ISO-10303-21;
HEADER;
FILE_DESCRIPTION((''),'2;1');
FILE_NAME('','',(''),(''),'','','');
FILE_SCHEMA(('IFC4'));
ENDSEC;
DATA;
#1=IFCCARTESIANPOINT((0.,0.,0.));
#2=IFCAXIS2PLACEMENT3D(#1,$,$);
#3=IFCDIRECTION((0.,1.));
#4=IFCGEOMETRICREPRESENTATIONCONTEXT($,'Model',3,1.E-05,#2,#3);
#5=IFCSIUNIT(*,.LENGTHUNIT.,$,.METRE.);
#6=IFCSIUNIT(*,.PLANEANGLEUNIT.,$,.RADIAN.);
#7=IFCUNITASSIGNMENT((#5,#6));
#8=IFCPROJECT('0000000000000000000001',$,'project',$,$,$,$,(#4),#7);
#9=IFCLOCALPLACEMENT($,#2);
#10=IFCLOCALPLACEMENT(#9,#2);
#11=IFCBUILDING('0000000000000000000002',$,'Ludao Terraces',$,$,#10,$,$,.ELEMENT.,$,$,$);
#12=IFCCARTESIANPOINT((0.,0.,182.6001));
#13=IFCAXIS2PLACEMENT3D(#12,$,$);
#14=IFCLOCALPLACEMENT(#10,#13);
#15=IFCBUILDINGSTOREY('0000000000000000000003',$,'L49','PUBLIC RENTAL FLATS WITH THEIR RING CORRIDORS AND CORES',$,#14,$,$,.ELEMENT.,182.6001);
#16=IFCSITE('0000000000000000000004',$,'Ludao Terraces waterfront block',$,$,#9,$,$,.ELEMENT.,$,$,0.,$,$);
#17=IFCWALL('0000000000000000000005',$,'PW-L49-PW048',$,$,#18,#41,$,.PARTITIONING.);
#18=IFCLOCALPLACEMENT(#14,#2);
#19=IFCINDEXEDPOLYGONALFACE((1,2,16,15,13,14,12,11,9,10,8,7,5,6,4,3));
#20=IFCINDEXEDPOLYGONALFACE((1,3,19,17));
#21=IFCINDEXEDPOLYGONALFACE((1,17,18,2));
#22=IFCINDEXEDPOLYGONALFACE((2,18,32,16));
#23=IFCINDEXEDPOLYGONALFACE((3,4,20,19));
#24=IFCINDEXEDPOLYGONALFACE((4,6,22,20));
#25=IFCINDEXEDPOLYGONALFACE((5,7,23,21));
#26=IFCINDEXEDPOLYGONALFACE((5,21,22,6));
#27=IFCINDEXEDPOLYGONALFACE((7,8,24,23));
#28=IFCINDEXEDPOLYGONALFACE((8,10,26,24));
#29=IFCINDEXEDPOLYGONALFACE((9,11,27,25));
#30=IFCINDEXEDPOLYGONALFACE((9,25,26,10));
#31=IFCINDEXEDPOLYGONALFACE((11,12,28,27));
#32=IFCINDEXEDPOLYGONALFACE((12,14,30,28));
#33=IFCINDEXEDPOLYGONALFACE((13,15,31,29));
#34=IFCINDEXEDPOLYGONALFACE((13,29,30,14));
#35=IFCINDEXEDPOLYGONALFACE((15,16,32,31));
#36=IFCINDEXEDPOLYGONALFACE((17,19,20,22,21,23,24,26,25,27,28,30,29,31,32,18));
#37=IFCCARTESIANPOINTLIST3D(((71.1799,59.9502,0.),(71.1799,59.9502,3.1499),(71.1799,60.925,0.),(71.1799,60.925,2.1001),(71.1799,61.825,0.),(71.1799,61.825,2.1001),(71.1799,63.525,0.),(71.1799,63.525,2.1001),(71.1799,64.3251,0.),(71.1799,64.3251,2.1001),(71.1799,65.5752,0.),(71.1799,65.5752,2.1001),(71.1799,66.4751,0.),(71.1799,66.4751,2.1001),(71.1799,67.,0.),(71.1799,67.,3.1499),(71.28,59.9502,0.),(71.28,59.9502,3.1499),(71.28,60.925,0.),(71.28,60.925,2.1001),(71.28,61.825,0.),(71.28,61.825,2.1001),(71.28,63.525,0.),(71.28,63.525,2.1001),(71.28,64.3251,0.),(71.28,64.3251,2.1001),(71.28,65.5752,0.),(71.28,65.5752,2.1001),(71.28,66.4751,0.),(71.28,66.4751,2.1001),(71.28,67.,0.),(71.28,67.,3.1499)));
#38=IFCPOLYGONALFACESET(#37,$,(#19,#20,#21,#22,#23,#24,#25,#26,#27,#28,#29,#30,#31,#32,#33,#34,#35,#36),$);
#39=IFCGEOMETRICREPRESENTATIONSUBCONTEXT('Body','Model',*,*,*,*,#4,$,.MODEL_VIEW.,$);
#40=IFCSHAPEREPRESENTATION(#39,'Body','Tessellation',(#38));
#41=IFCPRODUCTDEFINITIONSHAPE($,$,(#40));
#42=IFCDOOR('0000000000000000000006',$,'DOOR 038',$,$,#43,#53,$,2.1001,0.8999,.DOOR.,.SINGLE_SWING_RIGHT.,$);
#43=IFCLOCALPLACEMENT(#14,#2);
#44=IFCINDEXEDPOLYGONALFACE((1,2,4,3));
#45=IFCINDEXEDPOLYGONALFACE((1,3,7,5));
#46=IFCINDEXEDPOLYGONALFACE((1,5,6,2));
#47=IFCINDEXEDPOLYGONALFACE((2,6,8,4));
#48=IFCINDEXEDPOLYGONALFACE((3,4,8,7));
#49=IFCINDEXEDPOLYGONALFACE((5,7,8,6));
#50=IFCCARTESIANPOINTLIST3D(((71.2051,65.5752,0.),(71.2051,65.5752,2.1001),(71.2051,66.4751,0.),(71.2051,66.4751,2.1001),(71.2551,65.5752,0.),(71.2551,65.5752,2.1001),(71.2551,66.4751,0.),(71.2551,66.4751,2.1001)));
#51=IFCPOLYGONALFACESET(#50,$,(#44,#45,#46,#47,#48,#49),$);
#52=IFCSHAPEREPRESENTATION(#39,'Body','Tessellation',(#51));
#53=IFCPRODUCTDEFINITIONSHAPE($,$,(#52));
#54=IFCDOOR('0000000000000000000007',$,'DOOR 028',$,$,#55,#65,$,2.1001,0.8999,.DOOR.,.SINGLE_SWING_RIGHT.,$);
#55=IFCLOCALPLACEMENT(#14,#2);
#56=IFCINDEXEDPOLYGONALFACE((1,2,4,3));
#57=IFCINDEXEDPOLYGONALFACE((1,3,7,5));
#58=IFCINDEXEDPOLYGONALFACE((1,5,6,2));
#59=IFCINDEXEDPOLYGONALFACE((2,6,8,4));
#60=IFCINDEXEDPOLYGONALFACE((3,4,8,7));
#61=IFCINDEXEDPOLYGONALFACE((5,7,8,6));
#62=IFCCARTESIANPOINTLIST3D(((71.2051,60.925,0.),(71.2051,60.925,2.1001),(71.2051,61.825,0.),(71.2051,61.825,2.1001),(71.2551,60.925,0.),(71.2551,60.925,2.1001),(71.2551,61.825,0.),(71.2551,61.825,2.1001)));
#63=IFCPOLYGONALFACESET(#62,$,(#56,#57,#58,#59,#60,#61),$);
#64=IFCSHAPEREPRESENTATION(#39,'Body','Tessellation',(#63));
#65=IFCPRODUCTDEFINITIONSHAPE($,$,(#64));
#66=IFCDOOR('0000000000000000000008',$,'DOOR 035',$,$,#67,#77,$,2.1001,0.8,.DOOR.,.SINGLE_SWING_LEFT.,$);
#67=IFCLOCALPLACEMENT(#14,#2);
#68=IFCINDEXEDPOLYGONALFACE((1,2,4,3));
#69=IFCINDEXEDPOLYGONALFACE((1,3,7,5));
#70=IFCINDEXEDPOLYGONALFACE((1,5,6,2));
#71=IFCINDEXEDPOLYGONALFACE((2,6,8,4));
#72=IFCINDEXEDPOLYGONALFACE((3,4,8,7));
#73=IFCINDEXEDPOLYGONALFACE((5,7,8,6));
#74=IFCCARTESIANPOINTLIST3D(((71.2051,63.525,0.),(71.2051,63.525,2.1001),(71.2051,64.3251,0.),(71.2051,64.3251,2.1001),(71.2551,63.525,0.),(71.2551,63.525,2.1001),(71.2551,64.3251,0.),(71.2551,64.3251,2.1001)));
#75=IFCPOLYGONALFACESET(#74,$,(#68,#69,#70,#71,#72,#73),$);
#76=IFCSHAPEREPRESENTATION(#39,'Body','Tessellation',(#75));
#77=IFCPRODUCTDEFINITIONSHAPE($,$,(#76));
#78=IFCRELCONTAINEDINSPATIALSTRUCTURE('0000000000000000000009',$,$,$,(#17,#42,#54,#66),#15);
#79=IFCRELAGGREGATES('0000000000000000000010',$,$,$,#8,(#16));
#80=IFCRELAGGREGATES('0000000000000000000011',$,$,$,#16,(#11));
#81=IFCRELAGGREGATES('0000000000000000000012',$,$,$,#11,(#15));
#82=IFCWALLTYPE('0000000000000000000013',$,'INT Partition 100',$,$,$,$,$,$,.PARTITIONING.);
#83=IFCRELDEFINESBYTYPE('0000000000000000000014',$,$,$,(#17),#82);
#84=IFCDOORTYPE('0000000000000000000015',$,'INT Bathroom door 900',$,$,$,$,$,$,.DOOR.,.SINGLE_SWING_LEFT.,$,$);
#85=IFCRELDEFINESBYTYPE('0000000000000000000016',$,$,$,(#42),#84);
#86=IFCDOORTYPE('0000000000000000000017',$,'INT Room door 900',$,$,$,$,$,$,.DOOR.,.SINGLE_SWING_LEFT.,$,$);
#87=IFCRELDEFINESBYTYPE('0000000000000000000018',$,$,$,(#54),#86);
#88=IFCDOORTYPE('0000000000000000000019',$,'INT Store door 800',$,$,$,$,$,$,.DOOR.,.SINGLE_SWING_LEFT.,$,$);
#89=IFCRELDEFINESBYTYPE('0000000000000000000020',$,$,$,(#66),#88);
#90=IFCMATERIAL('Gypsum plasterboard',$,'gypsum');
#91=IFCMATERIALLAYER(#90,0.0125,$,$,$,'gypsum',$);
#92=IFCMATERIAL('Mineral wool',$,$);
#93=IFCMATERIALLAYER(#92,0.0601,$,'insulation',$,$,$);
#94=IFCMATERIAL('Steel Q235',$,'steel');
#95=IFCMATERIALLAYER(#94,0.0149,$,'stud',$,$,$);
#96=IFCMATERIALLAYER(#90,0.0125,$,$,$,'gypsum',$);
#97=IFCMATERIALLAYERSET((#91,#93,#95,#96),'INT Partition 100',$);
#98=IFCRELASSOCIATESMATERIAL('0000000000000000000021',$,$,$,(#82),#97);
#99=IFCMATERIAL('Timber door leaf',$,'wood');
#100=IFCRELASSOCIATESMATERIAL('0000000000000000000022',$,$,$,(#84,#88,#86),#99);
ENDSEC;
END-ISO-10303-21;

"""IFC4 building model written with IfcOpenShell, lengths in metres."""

from ifc_helpers import new_model, si_unit, direction, frame, frame_2d, origin, place, context, subcontext, project, spatial, rectangle, extrude, material, layer, layer_set, type_object, element, fill, save


model = new_model("IFC4")

# Units and contexts
model_context = context("Model", 3, precision=1e-05, world=origin(), true_north=direction((0.0, 1.0)))
body_context = subcontext(model_context, "Body", "Model", "MODEL_VIEW")
ifc_project = project(units=[si_unit("LENGTHUNIT", "METRE"), si_unit("PLANEANGLEUNIT", "RADIAN")], contexts=[model_context])

# Site, building, storey
site_placement = place(None, origin())
site = spatial("IfcSite", under=ifc_project, at=site_placement, Name="Ludao Terraces waterfront block", CompositionType="ELEMENT", RefElevation=0.0)
building_placement = place(site_placement, origin())
building = spatial("IfcBuilding", under=site, at=building_placement, Name="Ludao Terraces", CompositionType="ELEMENT")
storey_placement = place(building_placement, frame((0.0, 0.0, 182.6001)))
storey = spatial("IfcBuildingStorey", under=building, at=storey_placement, Name="L49", Description="PUBLIC RENTAL FLATS WITH THEIR RING CORRIDORS AND CORES", CompositionType="ELEMENT", Elevation=182.6001)

# Shared definitions
ifc_material_1 = material(Name="Timber door leaf", Category="wood")
ifc_material_2 = material(Name="Steel Q235", Category="steel")

# Shared definitions
ifc_material_3 = material(Name="Gypsum plasterboard", Category="gypsum")
ifc_layer_1 = layer(ifc_material_3, 0.0125, Category="gypsum")
ifc_material_4 = material(Name="Mineral wool")
ifc_layer_2 = layer(ifc_material_4, 0.0601, Name="insulation")
ifc_layer_3 = layer(ifc_material_2, 0.0149, Name="stud")
ifc_layer_4 = layer(ifc_material_3, 0.0125, Category="gypsum")
ifc_layer_set_1 = layer_set([ifc_layer_1, ifc_layer_2, ifc_layer_3, ifc_layer_4], Name="INT Partition 100")
wall_type_1 = type_object("IfcWallType", Name="INT Partition 100", PredefinedType="PARTITIONING", material=ifc_layer_set_1)

# Wall, openings, doors
door_type_1 = type_object("IfcDoorType", Name="INT Bathroom door 900", OperationType="SINGLE_SWING_LEFT", PredefinedType="DOOR", material=ifc_material_1)
door_type_2 = type_object("IfcDoorType", Name="INT Store door 800", OperationType="SINGLE_SWING_LEFT", PredefinedType="DOOR", material=ifc_material_1)
wall_1_placement = place(storey_placement, frame((71.23, 59.9502, 0.0), z_axis=(0.0, 0.0, 1.0), x_axis=(0.0, 1.0, 0.0)))
wall_1 = element("IfcWall", 1, at=wall_1_placement, inside=storey, type_object=wall_type_1, Name="PW-L49-PW048", PredefinedType="PARTITIONING", context=body_context, shape_type="SweptSolid", body=[
    extrude(rectangle(XDim=7.0498, YDim=0.1001, at=frame_2d((3.5249, 0.0))), origin(), (0.0, 0.0, 1.0), 3.1499),
])
opening_1_placement = place(wall_1_placement, frame((0.9749, 0.0, 0.0)))
opening_1 = element("IfcOpeningElement", 2, at=opening_1_placement, cuts=wall_1, PredefinedType="OPENING", context=body_context, shape_type="SweptSolid", body=[
    extrude(rectangle(XDim=0.8999, YDim=2.1001, at=frame_2d((0.45, 1.05))), frame((0.0, 0.0601, 0.0), z_axis=(0.0, -1.0, 0.0), x_axis=(1.0, 0.0, 0.0)), (0.0, 0.0, 1.0), 0.1201),
])
opening_2_placement = place(wall_1_placement, frame((3.575, 0.0, 0.0)))
opening_2 = element("IfcOpeningElement", 3, at=opening_2_placement, cuts=wall_1, PredefinedType="OPENING", context=body_context, shape_type="SweptSolid", body=[
    extrude(rectangle(XDim=0.8, YDim=2.1001, at=frame_2d((0.3999, 1.05))), frame((0.0, 0.0601, 0.0), z_axis=(0.0, -1.0, 0.0), x_axis=(1.0, 0.0, 0.0)), (0.0, 0.0, 1.0), 0.1201),
])
opening_3_placement = place(wall_1_placement, frame((5.625, 0.0, 0.0)))
opening_3 = element("IfcOpeningElement", 4, at=opening_3_placement, cuts=wall_1, PredefinedType="OPENING", context=body_context, shape_type="SweptSolid", body=[
    extrude(rectangle(XDim=0.8999, YDim=2.1001, at=frame_2d((0.45, 1.05))), frame((0.0, 0.0601, 0.0), z_axis=(0.0, -1.0, 0.0), x_axis=(1.0, 0.0, 0.0)), (0.0, 0.0, 1.0), 0.1201),
])
door_1_placement = place(opening_3_placement, origin())
door_1 = element("IfcDoor", 5, at=door_1_placement, inside=storey, type_object=door_type_1, Name="DOOR 038", OperationType="SINGLE_SWING_RIGHT", OverallHeight=2.1001, OverallWidth=0.8999, PredefinedType="DOOR", context=body_context, shape_type="SweptSolid", body=[
    extrude(rectangle(XDim=0.8999, YDim=2.1001, at=frame_2d((0.45, 1.05))), frame((0.0, 0.0249, 0.0), z_axis=(0.0, -1.0, 0.0), x_axis=(1.0, 0.0, 0.0)), (0.0, 0.0, 1.0), 0.05),
])
fill(opening_3, door_1)
door_type_3 = type_object("IfcDoorType", Name="INT Room door 900", OperationType="SINGLE_SWING_LEFT", PredefinedType="DOOR", material=ifc_material_1)
door_2_placement = place(opening_1_placement, origin())
door_2 = element("IfcDoor", 6, at=door_2_placement, inside=storey, type_object=door_type_3, Name="DOOR 028", OperationType="SINGLE_SWING_RIGHT", OverallHeight=2.1001, OverallWidth=0.8999, PredefinedType="DOOR", context=body_context, shape_type="SweptSolid", body=[
    extrude(rectangle(XDim=0.8999, YDim=2.1001, at=frame_2d((0.45, 1.05))), frame((0.0, 0.0249, 0.0), z_axis=(0.0, -1.0, 0.0), x_axis=(1.0, 0.0, 0.0)), (0.0, 0.0, 1.0), 0.05),
])
fill(opening_1, door_2)
door_3_placement = place(opening_2_placement, origin())
door_3 = element("IfcDoor", 7, at=door_3_placement, inside=storey, type_object=door_type_2, Name="DOOR 035", OperationType="SINGLE_SWING_LEFT", OverallHeight=2.1001, OverallWidth=0.8, PredefinedType="DOOR", context=body_context, shape_type="SweptSolid", body=[
    extrude(rectangle(XDim=0.8, YDim=2.1001, at=frame_2d((0.3999, 1.05))), frame((0.0, 0.0249, 0.0), z_axis=(0.0, -1.0, 0.0), x_axis=(1.0, 0.0, 0.0)), (0.0, 0.0, 1.0), 0.05),
])
fill(opening_2, door_3)

save(model, "model.ifc")
